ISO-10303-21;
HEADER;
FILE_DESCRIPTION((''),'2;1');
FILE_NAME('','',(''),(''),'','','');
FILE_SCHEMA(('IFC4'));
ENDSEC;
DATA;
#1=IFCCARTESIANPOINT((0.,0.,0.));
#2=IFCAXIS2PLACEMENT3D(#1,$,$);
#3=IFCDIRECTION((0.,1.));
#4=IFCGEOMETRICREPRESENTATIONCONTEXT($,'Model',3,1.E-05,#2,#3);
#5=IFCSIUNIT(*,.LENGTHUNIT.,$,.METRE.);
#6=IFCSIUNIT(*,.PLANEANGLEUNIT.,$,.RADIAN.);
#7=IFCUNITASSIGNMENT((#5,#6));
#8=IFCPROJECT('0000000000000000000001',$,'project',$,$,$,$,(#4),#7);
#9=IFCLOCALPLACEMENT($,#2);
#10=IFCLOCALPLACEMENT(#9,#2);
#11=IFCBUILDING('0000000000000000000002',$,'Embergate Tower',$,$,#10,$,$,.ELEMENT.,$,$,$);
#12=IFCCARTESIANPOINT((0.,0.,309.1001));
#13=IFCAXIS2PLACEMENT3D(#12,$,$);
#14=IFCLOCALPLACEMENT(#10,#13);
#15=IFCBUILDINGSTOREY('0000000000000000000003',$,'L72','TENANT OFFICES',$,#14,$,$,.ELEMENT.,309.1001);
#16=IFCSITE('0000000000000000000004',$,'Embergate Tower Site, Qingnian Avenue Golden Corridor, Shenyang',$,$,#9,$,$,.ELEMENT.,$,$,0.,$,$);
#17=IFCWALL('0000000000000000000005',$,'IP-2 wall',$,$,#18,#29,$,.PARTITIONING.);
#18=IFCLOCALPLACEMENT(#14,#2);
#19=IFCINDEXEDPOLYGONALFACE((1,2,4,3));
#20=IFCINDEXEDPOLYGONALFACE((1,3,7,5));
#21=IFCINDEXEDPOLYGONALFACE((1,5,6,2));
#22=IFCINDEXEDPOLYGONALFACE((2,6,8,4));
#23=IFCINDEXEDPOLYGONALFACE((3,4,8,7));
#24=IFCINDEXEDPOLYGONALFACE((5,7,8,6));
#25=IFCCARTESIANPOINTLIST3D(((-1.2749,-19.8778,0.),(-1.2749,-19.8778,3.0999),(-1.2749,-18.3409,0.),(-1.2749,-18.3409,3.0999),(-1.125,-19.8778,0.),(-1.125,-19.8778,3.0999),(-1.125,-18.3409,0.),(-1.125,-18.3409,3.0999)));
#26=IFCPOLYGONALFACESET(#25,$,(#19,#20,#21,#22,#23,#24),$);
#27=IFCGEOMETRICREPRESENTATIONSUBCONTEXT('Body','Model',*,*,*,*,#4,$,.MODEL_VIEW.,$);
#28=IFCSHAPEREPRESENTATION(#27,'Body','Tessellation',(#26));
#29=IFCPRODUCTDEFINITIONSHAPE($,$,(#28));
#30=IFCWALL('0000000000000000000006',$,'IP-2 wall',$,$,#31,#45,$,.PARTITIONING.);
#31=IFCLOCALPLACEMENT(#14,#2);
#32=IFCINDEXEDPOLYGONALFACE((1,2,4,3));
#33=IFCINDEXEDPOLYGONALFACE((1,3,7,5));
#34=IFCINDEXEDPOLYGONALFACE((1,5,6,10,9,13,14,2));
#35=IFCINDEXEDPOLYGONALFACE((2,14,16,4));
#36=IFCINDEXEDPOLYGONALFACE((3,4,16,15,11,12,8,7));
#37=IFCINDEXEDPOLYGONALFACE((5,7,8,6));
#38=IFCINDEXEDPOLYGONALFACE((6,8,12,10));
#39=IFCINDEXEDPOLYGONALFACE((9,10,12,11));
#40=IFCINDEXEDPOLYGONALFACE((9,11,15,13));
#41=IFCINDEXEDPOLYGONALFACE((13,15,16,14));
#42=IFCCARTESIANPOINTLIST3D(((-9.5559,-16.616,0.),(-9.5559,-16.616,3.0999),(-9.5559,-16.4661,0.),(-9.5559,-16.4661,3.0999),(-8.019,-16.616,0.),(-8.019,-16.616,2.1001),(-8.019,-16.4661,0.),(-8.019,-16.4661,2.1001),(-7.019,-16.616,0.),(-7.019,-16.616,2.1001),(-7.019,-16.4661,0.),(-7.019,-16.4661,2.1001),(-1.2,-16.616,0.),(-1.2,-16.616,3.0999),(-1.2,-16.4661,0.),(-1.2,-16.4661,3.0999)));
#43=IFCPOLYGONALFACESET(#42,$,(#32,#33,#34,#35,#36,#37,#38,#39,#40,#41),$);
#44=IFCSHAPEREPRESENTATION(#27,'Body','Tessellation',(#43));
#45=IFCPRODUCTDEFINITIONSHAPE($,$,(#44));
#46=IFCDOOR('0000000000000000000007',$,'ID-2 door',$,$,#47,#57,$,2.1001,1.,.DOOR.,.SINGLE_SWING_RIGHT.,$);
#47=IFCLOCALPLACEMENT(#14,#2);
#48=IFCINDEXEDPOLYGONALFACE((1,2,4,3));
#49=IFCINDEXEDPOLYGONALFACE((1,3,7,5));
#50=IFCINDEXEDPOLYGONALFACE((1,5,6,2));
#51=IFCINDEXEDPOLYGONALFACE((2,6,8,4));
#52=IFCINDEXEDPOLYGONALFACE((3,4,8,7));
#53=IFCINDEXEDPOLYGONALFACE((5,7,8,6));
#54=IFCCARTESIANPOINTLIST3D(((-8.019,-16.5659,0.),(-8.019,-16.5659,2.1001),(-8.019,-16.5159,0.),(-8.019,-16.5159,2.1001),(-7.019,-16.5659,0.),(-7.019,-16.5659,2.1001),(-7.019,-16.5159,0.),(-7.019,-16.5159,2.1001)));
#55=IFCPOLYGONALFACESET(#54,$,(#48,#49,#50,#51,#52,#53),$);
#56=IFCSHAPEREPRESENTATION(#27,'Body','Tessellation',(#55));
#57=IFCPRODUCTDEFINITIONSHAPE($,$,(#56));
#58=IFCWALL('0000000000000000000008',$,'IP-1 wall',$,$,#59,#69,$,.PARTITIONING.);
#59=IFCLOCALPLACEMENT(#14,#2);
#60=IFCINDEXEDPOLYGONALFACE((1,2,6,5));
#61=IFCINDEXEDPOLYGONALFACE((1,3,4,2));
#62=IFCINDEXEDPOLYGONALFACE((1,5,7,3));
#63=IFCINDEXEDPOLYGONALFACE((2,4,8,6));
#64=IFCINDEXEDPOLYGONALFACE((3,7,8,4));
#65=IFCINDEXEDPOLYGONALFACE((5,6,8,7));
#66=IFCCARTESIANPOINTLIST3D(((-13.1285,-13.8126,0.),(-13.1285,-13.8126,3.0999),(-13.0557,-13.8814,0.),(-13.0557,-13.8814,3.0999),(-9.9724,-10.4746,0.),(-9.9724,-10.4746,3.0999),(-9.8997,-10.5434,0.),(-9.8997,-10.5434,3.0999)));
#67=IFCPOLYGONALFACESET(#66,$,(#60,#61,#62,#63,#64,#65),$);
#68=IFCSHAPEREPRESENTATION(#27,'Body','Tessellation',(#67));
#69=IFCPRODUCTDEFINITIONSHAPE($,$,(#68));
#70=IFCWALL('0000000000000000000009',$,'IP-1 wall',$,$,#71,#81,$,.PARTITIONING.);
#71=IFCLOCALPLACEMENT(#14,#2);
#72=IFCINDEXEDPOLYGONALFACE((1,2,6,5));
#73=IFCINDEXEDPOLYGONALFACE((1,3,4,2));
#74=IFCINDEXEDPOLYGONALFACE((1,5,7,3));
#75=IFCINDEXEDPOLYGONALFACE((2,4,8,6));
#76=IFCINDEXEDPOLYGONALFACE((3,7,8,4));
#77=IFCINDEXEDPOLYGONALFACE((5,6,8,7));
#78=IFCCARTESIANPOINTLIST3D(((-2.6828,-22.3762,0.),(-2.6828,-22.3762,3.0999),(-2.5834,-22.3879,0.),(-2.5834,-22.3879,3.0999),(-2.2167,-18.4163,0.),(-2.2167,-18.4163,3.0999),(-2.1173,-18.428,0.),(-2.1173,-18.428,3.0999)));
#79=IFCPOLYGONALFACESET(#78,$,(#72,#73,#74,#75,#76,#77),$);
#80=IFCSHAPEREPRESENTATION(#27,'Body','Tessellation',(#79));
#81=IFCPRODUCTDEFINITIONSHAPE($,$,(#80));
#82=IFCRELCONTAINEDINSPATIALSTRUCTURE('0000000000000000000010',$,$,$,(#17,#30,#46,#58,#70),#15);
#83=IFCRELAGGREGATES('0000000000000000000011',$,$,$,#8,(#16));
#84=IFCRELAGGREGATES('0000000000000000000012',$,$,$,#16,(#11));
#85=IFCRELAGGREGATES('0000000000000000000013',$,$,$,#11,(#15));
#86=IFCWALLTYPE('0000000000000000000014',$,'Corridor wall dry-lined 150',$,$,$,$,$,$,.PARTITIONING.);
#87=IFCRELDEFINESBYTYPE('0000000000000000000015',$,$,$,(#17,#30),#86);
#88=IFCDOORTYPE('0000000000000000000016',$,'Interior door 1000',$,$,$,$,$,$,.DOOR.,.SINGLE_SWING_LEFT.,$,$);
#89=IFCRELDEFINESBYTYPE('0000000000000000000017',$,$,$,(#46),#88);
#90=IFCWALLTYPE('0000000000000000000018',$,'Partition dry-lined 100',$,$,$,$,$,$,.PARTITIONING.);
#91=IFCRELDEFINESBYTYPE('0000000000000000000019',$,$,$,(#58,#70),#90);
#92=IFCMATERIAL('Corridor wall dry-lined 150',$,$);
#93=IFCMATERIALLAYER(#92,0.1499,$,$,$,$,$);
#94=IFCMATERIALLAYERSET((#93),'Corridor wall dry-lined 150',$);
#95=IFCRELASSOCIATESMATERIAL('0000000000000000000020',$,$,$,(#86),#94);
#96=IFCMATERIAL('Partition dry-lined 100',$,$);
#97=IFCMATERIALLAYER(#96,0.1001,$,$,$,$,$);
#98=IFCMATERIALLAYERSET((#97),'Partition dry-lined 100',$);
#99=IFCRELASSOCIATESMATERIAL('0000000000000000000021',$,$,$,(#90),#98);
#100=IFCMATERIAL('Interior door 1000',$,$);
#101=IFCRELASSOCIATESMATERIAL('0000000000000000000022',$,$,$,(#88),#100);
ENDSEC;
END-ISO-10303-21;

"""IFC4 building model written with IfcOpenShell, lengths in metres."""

from ifc_helpers import new_model, si_unit, direction, frame, frame_2d, origin, place, context, subcontext, project, spatial, rectangle, extrude, source, transform, mapped, material, layer, layer_set, type_object, element, fill, save


model = new_model("IFC4")

# Units and contexts
model_context = context("Model", 3, precision=1e-05, world=origin(), true_north=direction((0.0, 1.0)))
body_context = subcontext(model_context, "Body", "Model", "MODEL_VIEW")
ifc_project = project(units=[si_unit("LENGTHUNIT", "METRE"), si_unit("PLANEANGLEUNIT", "RADIAN")], contexts=[model_context])

# Site, building, storey
site_placement = place(None, origin())
site = spatial("IfcSite", under=ifc_project, at=site_placement, Name="Embergate Tower Site, Qingnian Avenue Golden Corridor, Shenyang", CompositionType="ELEMENT", RefElevation=0.0)
building_placement = place(site_placement, origin())
building = spatial("IfcBuilding", under=site, at=building_placement, Name="Embergate Tower", CompositionType="ELEMENT")
storey_placement = place(building_placement, frame((0.0, 0.0, 309.1001)))
storey = spatial("IfcBuildingStorey", under=building, at=storey_placement, Name="L72", Description="TENANT OFFICES", CompositionType="ELEMENT", Elevation=309.1001)

# Shared definitions
ifc_material_1 = material(Name="Corridor wall dry-lined 150")
ifc_layer_1 = layer(ifc_material_1, 0.1499)
ifc_layer_set_1 = layer_set([ifc_layer_1], Name="Corridor wall dry-lined 150")
wall_type_1 = type_object("IfcWallType", Name="Corridor wall dry-lined 150", PredefinedType="PARTITIONING", material=ifc_layer_set_1)

# Shared definitions
ifc_material_2 = material(Name="Partition dry-lined 100")
ifc_layer_2 = layer(ifc_material_2, 0.1001)
ifc_layer_set_2 = layer_set([ifc_layer_2], Name="Partition dry-lined 100")
wall_type_2 = type_object("IfcWallType", Name="Partition dry-lined 100", PredefinedType="PARTITIONING", material=ifc_layer_set_2)

# Shared definitions
shared_shape_1 = source(origin(), body_context, "Body", "SweptSolid", [
    extrude(rectangle(XDim=1.0, YDim=2.1001, at=frame_2d((0.5, 1.05))), frame((0.0, 0.085, 0.0), z_axis=(0.0, -1.0, 0.0), x_axis=(1.0, 0.0, 0.0)), (0.0, 0.0, 1.0), 0.1699),
])
ifc_material_3 = material(Name="Interior door 1000")
door_type_1 = type_object("IfcDoorType", Name="Interior door 1000", OperationType="SINGLE_SWING_LEFT", PredefinedType="DOOR", material=ifc_material_3)
shared_shape_2 = source(origin(), body_context, "Body", "SweptSolid", [
    extrude(rectangle(XDim=1.0, YDim=2.1001, at=frame_2d((0.5, 1.05))), frame((0.0, 0.0249, 0.0), z_axis=(0.0, -1.0, 0.0), x_axis=(1.0, 0.0, 0.0)), (0.0, 0.0, 1.0), 0.05),
])

# Wall
shared_shape_3 = source(origin(), body_context, "Body", "SweptSolid", [
    extrude(rectangle(XDim=1.5369, YDim=0.1499, at=frame_2d((0.7686, 0.0))), origin(), (0.0, 0.0, 1.0), 3.0999),
])
wall_1_placement = place(storey_placement, frame((-1.2, -19.8779, 0.0), z_axis=(0.0, 0.0, 1.0), x_axis=(0.0, 1.0, 0.0)))
element("IfcWall", 1, at=wall_1_placement, inside=storey, type_object=wall_type_1, Name="IP-2 wall", PredefinedType="PARTITIONING", context=body_context, shape_type="MappedRepresentation", body=[
    mapped(shared_shape_3, transform((0.0, 0.0, 0.0))),
])

# Wall, opening, door
shared_shape_4 = source(origin(), body_context, "Body", "SweptSolid", [
    extrude(rectangle(XDim=8.356, YDim=0.1499, at=frame_2d((4.178, 0.0))), origin(), (0.0, 0.0, 1.0), 3.0999),
])
wall_2_placement = place(storey_placement, frame((-1.2, -16.541, 0.0), z_axis=(0.0, 0.0, 1.0), x_axis=(-1.0, 0.0, 0.0)))
wall_2 = element("IfcWall", 2, at=wall_2_placement, inside=storey, type_object=wall_type_1, Name="IP-2 wall", PredefinedType="PARTITIONING", context=body_context, shape_type="MappedRepresentation", body=[
    mapped(shared_shape_4, transform((0.0, 0.0, 0.0))),
])
opening_1_placement = place(wall_2_placement, frame((5.8191, 0.0, 0.0)))
opening_1 = element("IfcOpeningElement", 3, at=opening_1_placement, cuts=wall_2, PredefinedType="OPENING", context=body_context, shape_type="MappedRepresentation", body=[
    mapped(shared_shape_1, transform((0.0, 0.0, 0.0))),
])
door_1_placement = place(opening_1_placement, origin())
door_1 = element("IfcDoor", 4, at=door_1_placement, inside=storey, type_object=door_type_1, Name="ID-2 door", OperationType="SINGLE_SWING_RIGHT", OverallHeight=2.1001, OverallWidth=1.0, PredefinedType="DOOR", context=body_context, shape_type="MappedRepresentation", body=[
    mapped(shared_shape_2, transform((0.0, 0.0, 0.0))),
])
fill(opening_1, door_1)

# Walls
shared_shape_5 = source(origin(), body_context, "Body", "SweptSolid", [
    extrude(rectangle(XDim=4.5938, YDim=0.1001, at=frame_2d((2.2969, 0.0))), origin(), (0.0, 0.0, 1.0), 3.0999),
])
wall_3_placement = place(storey_placement, frame((-9.936, -10.509, 0.0), z_axis=(0.0, 0.0, 1.0), x_axis=(-0.687032, -0.726627, 0.0)))
element("IfcWall", 5, at=wall_3_placement, inside=storey, type_object=wall_type_2, Name="IP-1 wall", PredefinedType="PARTITIONING", context=body_context, shape_type="MappedRepresentation", body=[
    mapped(shared_shape_5, transform((0.0, 0.0, 0.0))),
])
shared_shape_6 = source(origin(), body_context, "Body", "SweptSolid", [
    extrude(rectangle(XDim=3.9873, YDim=0.1001, at=frame_2d((1.9937, 0.0))), origin(), (0.0, 0.0, 1.0), 3.0999),
])
wall_4_placement = place(storey_placement, frame((-2.167, -18.4221, 0.0), z_axis=(0.0, 0.0, 1.0), x_axis=(-0.116887, -0.993145, 0.0)))
element("IfcWall", 6, at=wall_4_placement, inside=storey, type_object=wall_type_2, Name="IP-1 wall", PredefinedType="PARTITIONING", context=body_context, shape_type="MappedRepresentation", body=[
    mapped(shared_shape_6, transform((0.0, 0.0, 0.0))),
])

save(model, "model.ifc")
